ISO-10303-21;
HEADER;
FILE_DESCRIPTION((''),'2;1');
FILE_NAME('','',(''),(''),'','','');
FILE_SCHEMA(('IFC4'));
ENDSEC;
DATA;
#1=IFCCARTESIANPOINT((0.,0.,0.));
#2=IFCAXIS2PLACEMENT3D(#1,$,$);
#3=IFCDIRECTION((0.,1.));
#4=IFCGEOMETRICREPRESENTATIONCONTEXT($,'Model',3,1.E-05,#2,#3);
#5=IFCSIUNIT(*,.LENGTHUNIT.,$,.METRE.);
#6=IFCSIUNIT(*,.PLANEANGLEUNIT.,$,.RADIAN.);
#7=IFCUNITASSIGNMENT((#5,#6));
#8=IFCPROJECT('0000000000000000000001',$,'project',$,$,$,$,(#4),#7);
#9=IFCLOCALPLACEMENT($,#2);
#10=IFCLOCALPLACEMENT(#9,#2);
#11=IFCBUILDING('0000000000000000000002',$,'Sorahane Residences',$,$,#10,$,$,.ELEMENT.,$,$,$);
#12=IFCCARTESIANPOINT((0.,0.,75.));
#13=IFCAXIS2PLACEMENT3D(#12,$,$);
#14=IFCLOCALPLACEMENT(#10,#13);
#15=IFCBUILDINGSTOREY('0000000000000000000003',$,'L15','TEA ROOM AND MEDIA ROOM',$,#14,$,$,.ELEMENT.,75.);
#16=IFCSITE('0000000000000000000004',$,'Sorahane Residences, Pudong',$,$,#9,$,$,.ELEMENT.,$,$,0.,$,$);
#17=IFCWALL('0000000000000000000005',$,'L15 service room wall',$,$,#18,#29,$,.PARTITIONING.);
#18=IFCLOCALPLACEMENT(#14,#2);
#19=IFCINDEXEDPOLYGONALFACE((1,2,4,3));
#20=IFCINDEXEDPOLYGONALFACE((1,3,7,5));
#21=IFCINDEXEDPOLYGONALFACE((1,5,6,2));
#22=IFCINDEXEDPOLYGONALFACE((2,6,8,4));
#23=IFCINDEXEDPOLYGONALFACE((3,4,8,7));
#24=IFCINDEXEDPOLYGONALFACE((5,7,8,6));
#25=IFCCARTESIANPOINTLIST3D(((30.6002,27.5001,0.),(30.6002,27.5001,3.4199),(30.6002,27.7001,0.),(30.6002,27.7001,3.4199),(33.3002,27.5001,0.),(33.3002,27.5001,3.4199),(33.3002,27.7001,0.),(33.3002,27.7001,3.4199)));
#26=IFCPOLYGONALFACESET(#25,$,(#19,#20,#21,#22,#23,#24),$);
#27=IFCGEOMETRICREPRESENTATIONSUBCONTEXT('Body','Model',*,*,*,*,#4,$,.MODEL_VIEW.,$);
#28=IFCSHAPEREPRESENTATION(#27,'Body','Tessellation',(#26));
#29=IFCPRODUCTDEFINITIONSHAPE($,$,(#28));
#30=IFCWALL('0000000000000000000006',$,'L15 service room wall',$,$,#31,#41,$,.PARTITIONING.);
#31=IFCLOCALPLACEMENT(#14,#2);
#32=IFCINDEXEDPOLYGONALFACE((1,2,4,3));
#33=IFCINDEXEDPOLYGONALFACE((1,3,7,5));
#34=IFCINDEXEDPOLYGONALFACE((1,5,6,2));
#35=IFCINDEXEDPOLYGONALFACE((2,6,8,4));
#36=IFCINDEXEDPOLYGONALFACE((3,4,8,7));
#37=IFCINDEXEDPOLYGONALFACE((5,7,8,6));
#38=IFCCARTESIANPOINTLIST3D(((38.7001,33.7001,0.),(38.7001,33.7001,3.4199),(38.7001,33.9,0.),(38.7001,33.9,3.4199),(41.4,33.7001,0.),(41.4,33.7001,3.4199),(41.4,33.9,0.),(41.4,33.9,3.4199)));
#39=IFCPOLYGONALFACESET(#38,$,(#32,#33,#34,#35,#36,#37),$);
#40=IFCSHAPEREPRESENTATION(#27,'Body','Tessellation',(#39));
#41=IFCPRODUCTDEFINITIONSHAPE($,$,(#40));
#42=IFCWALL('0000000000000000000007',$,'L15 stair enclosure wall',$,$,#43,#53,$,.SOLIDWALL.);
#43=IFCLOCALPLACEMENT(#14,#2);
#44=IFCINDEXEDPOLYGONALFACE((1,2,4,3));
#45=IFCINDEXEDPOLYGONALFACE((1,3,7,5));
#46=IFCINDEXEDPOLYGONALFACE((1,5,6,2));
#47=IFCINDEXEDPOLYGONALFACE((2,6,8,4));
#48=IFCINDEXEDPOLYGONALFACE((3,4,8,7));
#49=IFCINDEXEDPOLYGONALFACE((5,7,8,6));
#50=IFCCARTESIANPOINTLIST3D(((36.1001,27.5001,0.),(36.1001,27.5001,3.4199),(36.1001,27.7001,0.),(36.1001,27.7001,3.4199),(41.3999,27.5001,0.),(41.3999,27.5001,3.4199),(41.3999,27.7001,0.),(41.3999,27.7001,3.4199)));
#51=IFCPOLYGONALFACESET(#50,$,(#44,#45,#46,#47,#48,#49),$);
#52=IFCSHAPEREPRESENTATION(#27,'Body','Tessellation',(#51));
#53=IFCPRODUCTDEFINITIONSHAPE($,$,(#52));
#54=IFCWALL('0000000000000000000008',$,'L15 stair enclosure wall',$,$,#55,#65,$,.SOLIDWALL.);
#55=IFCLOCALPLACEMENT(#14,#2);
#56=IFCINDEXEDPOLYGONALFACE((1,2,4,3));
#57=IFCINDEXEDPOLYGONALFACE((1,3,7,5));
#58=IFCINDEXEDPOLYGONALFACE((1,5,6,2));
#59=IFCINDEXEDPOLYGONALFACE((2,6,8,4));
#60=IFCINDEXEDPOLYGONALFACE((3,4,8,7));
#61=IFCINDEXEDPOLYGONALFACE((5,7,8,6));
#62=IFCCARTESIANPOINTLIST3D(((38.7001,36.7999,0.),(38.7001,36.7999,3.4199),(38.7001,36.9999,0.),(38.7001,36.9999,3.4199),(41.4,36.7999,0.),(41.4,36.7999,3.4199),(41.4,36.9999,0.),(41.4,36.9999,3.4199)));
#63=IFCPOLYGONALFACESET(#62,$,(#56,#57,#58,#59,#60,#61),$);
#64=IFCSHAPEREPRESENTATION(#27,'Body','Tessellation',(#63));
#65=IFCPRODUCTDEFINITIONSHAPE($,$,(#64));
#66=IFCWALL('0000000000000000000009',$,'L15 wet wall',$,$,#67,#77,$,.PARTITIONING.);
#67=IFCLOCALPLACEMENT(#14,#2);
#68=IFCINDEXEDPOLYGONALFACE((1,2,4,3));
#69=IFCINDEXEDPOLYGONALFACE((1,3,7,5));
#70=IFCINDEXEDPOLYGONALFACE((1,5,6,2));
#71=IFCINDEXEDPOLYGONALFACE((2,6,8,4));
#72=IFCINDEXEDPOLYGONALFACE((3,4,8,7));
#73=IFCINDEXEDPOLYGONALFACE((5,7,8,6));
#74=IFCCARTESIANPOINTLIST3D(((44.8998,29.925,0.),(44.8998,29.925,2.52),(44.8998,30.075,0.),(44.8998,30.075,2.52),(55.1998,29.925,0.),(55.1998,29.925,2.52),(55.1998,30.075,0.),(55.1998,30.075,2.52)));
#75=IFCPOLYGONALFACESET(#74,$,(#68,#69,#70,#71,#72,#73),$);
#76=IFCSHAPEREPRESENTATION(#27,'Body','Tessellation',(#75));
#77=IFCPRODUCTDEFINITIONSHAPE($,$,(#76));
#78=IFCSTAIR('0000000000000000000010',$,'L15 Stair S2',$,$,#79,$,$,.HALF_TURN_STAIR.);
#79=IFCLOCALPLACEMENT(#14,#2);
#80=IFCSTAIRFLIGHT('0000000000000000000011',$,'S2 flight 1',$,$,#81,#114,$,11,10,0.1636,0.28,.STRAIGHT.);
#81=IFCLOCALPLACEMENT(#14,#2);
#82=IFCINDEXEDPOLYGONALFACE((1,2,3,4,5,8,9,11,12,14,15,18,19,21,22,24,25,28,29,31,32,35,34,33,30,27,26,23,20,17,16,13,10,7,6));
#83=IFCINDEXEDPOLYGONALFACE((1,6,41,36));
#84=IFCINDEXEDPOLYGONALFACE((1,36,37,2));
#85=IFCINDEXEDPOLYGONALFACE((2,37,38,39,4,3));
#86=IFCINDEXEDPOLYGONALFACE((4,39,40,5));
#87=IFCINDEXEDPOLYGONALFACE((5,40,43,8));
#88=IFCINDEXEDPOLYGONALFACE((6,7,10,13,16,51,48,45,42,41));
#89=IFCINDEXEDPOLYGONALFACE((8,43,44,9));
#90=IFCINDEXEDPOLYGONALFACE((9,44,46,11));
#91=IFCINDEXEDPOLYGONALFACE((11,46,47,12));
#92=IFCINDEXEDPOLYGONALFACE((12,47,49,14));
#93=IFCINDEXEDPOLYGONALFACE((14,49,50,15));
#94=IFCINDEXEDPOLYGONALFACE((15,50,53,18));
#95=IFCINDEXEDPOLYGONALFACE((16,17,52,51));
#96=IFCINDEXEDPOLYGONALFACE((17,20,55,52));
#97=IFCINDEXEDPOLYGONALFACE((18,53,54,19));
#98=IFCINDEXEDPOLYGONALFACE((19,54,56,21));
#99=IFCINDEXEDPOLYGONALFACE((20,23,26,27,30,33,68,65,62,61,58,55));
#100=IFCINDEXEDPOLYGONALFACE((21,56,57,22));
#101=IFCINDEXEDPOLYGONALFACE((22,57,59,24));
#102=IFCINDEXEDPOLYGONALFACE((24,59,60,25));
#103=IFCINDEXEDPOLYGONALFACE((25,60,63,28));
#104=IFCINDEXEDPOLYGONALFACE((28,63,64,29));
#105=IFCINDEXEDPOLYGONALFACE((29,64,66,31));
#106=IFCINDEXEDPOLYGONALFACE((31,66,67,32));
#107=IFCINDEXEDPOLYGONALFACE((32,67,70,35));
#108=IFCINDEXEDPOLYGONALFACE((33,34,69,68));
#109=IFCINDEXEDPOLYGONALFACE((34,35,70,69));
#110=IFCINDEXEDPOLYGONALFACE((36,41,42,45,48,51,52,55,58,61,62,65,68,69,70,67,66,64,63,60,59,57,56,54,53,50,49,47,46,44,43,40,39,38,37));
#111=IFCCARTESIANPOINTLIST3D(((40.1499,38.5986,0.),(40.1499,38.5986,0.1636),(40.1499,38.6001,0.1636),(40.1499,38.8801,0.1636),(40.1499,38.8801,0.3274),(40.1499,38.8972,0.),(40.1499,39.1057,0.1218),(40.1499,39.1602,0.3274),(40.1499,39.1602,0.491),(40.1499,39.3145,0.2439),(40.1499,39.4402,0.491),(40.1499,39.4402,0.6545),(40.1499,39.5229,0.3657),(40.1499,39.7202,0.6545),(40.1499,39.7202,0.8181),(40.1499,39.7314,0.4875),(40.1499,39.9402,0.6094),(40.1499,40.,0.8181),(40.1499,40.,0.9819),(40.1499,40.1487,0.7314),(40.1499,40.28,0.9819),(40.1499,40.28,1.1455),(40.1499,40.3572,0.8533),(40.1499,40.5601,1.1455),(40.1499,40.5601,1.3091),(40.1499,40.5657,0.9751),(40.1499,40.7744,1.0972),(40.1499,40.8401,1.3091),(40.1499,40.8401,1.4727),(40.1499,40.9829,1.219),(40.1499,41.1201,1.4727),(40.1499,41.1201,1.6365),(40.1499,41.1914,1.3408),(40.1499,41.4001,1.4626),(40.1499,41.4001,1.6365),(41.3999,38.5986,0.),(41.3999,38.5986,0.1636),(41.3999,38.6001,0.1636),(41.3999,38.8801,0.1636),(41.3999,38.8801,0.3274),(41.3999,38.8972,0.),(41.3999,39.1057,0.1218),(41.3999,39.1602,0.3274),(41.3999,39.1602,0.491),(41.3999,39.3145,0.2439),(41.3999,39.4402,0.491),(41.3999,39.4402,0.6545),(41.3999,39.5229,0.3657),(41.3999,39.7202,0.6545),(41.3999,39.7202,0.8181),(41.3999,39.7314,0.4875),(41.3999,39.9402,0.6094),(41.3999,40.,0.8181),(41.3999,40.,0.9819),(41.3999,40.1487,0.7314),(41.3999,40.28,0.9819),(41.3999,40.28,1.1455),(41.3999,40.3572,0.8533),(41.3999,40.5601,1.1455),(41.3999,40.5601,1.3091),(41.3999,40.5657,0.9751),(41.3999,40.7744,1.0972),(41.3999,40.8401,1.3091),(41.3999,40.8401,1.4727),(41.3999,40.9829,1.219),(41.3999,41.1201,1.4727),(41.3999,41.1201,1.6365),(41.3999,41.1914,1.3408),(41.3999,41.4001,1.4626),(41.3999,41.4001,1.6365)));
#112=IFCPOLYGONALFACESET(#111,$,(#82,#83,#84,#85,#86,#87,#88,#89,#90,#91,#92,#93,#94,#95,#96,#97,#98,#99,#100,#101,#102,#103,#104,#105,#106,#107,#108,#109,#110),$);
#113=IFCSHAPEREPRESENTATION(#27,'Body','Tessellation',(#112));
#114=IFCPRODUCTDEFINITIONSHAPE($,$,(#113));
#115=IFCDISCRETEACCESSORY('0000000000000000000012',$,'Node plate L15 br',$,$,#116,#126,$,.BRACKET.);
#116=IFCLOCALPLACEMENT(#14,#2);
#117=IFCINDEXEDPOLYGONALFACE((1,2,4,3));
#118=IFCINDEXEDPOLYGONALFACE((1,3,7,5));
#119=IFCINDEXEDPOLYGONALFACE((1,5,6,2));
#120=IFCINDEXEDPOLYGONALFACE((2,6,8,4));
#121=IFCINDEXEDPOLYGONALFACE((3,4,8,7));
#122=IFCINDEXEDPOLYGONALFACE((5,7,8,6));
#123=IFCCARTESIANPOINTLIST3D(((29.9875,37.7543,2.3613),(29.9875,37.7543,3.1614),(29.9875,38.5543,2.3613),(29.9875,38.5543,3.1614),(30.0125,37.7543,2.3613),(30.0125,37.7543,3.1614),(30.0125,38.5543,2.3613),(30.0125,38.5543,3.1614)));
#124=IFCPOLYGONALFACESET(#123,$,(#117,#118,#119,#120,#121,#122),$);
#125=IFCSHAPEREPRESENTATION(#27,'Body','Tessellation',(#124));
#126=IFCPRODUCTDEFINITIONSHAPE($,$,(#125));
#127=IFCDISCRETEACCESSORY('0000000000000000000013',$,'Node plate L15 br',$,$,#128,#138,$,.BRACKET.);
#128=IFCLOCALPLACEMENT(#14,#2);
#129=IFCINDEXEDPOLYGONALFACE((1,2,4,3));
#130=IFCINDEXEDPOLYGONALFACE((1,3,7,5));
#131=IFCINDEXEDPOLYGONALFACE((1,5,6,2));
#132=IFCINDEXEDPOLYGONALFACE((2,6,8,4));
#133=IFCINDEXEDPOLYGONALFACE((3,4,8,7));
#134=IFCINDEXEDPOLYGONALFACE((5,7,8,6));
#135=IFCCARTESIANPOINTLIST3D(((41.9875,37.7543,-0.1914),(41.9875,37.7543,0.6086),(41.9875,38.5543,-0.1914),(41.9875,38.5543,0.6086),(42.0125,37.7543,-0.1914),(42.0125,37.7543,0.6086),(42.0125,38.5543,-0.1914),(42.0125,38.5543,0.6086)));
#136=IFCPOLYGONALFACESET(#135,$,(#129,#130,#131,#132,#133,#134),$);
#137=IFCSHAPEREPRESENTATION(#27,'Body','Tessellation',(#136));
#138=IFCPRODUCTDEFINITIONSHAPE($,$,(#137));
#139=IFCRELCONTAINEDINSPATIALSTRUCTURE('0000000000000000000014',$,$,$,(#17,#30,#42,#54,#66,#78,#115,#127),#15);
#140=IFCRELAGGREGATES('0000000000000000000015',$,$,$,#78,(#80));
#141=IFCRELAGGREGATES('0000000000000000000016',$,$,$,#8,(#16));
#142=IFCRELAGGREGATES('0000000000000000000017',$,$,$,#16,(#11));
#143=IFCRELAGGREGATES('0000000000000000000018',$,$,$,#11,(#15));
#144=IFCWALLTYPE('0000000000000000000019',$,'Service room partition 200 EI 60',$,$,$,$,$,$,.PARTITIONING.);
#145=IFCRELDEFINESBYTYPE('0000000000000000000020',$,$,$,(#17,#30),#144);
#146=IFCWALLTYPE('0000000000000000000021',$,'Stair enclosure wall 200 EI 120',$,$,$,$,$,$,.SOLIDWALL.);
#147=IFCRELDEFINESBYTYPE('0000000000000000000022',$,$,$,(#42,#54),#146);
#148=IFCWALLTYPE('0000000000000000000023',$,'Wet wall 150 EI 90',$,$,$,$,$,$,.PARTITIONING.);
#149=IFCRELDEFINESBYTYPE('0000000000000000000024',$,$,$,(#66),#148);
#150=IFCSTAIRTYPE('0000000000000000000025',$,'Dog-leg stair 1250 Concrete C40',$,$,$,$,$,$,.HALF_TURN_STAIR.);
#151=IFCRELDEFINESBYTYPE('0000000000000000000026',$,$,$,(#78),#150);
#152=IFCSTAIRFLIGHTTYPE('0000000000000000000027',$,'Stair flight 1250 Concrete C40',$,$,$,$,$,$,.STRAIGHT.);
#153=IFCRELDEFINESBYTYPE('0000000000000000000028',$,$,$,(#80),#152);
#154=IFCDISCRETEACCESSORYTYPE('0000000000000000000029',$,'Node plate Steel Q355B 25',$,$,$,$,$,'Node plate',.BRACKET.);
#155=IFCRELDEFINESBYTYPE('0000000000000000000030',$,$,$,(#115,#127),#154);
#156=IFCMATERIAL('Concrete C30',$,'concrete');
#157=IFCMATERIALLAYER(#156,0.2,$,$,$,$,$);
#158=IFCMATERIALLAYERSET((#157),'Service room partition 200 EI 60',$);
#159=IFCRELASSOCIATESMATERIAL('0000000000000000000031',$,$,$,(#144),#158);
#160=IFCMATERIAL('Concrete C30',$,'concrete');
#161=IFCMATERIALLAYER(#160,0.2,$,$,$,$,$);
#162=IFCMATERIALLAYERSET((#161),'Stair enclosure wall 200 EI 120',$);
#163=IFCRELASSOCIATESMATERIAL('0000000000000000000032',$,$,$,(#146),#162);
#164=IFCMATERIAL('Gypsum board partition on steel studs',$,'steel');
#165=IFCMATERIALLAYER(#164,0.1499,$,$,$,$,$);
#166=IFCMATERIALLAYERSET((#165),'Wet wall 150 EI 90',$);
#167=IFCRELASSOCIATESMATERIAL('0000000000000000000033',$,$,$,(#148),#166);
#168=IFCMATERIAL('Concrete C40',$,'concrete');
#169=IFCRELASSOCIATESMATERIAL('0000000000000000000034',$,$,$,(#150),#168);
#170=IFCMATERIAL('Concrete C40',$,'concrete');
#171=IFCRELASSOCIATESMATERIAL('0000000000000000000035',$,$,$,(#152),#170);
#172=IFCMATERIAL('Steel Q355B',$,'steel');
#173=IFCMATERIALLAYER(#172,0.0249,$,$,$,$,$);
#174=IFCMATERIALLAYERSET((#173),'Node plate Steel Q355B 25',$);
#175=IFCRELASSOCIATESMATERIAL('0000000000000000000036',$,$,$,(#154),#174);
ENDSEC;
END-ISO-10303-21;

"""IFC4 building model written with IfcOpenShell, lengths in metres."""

from ifc_helpers import new_model, si_unit, direction, frame, frame_2d, origin, origin_2d, place, context, subcontext, project, spatial, polyline, rectangle, outline, extrude, material, layer, layer_set, type_object, element, aggregate, save


model = new_model("IFC4")

# Units and contexts
model_context = context("Model", 3, precision=1e-05, world=origin(), true_north=direction((0.0, 1.0)))
body_context = subcontext(model_context, "Body", "Model", "MODEL_VIEW")
ifc_project = project(units=[si_unit("LENGTHUNIT", "METRE"), si_unit("PLANEANGLEUNIT", "RADIAN")], contexts=[model_context])

# Site, building, storey
site_placement = place(None, origin())
site = spatial("IfcSite", under=ifc_project, at=site_placement, Name="Sorahane Residences, Pudong", CompositionType="ELEMENT", RefElevation=0.0)
building_placement = place(site_placement, origin())
building = spatial("IfcBuilding", under=site, at=building_placement, Name="Sorahane Residences", CompositionType="ELEMENT")
storey_placement = place(building_placement, frame((0.0, 0.0, 75.0)))
storey = spatial("IfcBuildingStorey", under=building, at=storey_placement, Name="L15", Description="TEA ROOM AND MEDIA ROOM", CompositionType="ELEMENT", Elevation=75.0)

# Walls
ifc_material_1 = material(Name="Concrete C30", Category="concrete")
ifc_layer_1 = layer(ifc_material_1, 0.2)
ifc_layer_set_1 = layer_set([ifc_layer_1], Name="Service room partition 200 EI 60")
wall_type_1 = type_object("IfcWallType", Name="Service room partition 200 EI 60", PredefinedType="PARTITIONING", material=ifc_layer_set_1)
for number, where, z_axis, x_axis, name in (
    (1, (30.6001, 27.6001, 0.0), (0.0, 0.0, 1.0), (1.0, 0.0, 0.0), "L15 service room wall"),
    (2, (38.7, 33.8, 0.0), (0.0, 0.0, 1.0), (1.0, 0.0, 0.0), "L15 service room wall"),
):
    element("IfcWall", number, at=place(storey_placement, frame(where, z_axis=z_axis, x_axis=x_axis)), inside=storey, type_object=wall_type_1, Name=name, PredefinedType="PARTITIONING", context=body_context, shape_type="SweptSolid", body=[
        extrude(rectangle(XDim=2.7, YDim=0.2, at=frame_2d((1.3501, 0.0))), origin(), (0.0, 0.0, 1.0), 3.4199),
    ])
ifc_material_2 = material(Name="Concrete C30", Category="concrete")
ifc_layer_2 = layer(ifc_material_2, 0.2)
ifc_layer_set_2 = layer_set([ifc_layer_2], Name="Stair enclosure wall 200 EI 120")
wall_type_2 = type_object("IfcWallType", Name="Stair enclosure wall 200 EI 120", PredefinedType="SOLIDWALL", material=ifc_layer_set_2)
wall_1_placement = place(storey_placement, frame((36.1001, 27.6001, 0.0), z_axis=(0.0, 0.0, 1.0), x_axis=(1.0, 0.0, 0.0)))
element("IfcWall", 3, at=wall_1_placement, inside=storey, type_object=wall_type_2, Name="L15 stair enclosure wall", PredefinedType="SOLIDWALL", context=body_context, shape_type="SweptSolid", body=[
    extrude(rectangle(XDim=5.2998, YDim=0.2, at=frame_2d((2.6499, 0.0))), origin(), (0.0, 0.0, 1.0), 3.4199),
])
wall_2_placement = place(storey_placement, frame((38.7, 36.8999, 0.0), z_axis=(0.0, 0.0, 1.0), x_axis=(1.0, 0.0, 0.0)))
element("IfcWall", 4, at=wall_2_placement, inside=storey, type_object=wall_type_2, Name="L15 stair enclosure wall", PredefinedType="SOLIDWALL", context=body_context, shape_type="SweptSolid", body=[
    extrude(rectangle(XDim=2.7, YDim=0.2, at=frame_2d((1.3501, 0.0))), origin(), (0.0, 0.0, 1.0), 3.4199),
])
ifc_material_3 = material(Name="Gypsum board partition on steel studs", Category="steel")
ifc_layer_3 = layer(ifc_material_3, 0.1499)
ifc_layer_set_3 = layer_set([ifc_layer_3], Name="Wet wall 150 EI 90")
wall_type_3 = type_object("IfcWallType", Name="Wet wall 150 EI 90", PredefinedType="PARTITIONING", material=ifc_layer_set_3)
wall_3_placement = place(storey_placement, frame((44.8999, 30.0, 0.0), z_axis=(0.0, 0.0, 1.0), x_axis=(1.0, 0.0, 0.0)))
element("IfcWall", 5, at=wall_3_placement, inside=storey, type_object=wall_type_3, Name="L15 wet wall", PredefinedType="PARTITIONING", context=body_context, shape_type="SweptSolid", body=[
    extrude(rectangle(XDim=10.3, YDim=0.1499, at=frame_2d((5.1499, 0.0))), origin(), (0.0, 0.0, 1.0), 2.52),
])

# Stair, stair flight
ifc_material_4 = material(Name="Concrete C40", Category="concrete")
stair_type = type_object("IfcStairType", Name="Dog-leg stair 1250 Concrete C40", PredefinedType="HALF_TURN_STAIR", material=ifc_material_4)
stair_placement = place(storey_placement, origin())
stair = element("IfcStair", 6, at=stair_placement, inside=storey, type_object=stair_type, Name="L15 Stair S2", PredefinedType="HALF_TURN_STAIR")
ifc_material_5 = material(Name="Concrete C40", Category="concrete")
stair_flight_type = type_object("IfcStairFlightType", Name="Stair flight 1250 Concrete C40", PredefinedType="STRAIGHT", material=ifc_material_5)
stair_flight_placement = place(storey_placement, frame((40.7749, 38.6001, 0.0), z_axis=(0.0, 0.0, 1.0), x_axis=(0.0, 1.0, 0.0)))
stair_flight = element("IfcStairFlight", 7, at=stair_flight_placement, type_object=stair_flight_type, Name="S2 flight 1", NumberOfRisers=11, NumberOfTreads=10, PredefinedType="STRAIGHT", RiserHeight=0.1636, TreadLength=0.28, context=body_context, shape_type="SweptSolid", body=[
    extrude(outline(polyline([(-0.0015, 0.0), (-0.0015, 0.1636), (0.0, 0.1636), (0.28, 0.1636), (0.28, 0.3274), (0.5601, 0.3274), (0.5601, 0.491), (0.8401, 0.491), (0.8401, 0.6545), (1.1201, 0.6545), (1.1201, 0.8181), (1.3999, 0.8181), (1.3999, 0.9819), (1.6799, 0.9819), (1.6799, 1.1455), (1.96, 1.1455), (1.96, 1.3091), (2.24, 1.3091), (2.24, 1.4727), (2.52, 1.4727), (2.52, 1.6365), (2.8, 1.6365), (2.8, 1.8), (2.8, 1.4626), (2.5913, 1.3408), (2.3828, 1.219), (2.1743, 1.0972), (1.9656, 0.9751), (1.7571, 0.8533), (1.5486, 0.7314), (1.3401, 0.6094), (1.1313, 0.4875), (0.9229, 0.3657), (0.7144, 0.2439), (0.5056, 0.1218), (0.2971, 0.0), (-0.0015, 0.0)])), frame((0.0, 0.625, 0.0), z_axis=(0.0, -1.0, 0.0), x_axis=(1.0, 0.0, 0.0)), (0.0, 0.0, 1.0), 1.25),
])
aggregate(stair, [stair_flight])

# Discrete accessories
ifc_material_6 = material(Name="Steel Q355B", Category="steel")
ifc_layer_4 = layer(ifc_material_6, 0.0249)
ifc_layer_set_4 = layer_set([ifc_layer_4], Name="Node plate Steel Q355B 25")
discrete_accessory_type = type_object("IfcDiscreteAccessoryType", Name="Node plate Steel Q355B 25", ElementType="Node plate", PredefinedType="BRACKET", material=ifc_layer_set_4)
for number, where, z_axis, x_axis, name in (
    (8, (30.0, 38.1543, 2.3613), (0.0, 0.0, 1.0), (0.0, 1.0, 0.0), "Node plate L15 br"),
    (9, (42.0, 38.1543, -0.1914), (0.0, 0.0, 1.0), (0.0, 1.0, 0.0), "Node plate L15 br"),
):
    element("IfcDiscreteAccessory", number, at=place(storey_placement, frame(where, z_axis=z_axis, x_axis=x_axis)), inside=storey, type_object=discrete_accessory_type, Name=name, PredefinedType="BRACKET", context=body_context, shape_type="SweptSolid", body=[
        extrude(rectangle(XDim=0.8, YDim=0.0249, at=origin_2d()), origin(), (0.0, 0.0, 1.0), 0.8),
    ])

save(model, "model.ifc")
